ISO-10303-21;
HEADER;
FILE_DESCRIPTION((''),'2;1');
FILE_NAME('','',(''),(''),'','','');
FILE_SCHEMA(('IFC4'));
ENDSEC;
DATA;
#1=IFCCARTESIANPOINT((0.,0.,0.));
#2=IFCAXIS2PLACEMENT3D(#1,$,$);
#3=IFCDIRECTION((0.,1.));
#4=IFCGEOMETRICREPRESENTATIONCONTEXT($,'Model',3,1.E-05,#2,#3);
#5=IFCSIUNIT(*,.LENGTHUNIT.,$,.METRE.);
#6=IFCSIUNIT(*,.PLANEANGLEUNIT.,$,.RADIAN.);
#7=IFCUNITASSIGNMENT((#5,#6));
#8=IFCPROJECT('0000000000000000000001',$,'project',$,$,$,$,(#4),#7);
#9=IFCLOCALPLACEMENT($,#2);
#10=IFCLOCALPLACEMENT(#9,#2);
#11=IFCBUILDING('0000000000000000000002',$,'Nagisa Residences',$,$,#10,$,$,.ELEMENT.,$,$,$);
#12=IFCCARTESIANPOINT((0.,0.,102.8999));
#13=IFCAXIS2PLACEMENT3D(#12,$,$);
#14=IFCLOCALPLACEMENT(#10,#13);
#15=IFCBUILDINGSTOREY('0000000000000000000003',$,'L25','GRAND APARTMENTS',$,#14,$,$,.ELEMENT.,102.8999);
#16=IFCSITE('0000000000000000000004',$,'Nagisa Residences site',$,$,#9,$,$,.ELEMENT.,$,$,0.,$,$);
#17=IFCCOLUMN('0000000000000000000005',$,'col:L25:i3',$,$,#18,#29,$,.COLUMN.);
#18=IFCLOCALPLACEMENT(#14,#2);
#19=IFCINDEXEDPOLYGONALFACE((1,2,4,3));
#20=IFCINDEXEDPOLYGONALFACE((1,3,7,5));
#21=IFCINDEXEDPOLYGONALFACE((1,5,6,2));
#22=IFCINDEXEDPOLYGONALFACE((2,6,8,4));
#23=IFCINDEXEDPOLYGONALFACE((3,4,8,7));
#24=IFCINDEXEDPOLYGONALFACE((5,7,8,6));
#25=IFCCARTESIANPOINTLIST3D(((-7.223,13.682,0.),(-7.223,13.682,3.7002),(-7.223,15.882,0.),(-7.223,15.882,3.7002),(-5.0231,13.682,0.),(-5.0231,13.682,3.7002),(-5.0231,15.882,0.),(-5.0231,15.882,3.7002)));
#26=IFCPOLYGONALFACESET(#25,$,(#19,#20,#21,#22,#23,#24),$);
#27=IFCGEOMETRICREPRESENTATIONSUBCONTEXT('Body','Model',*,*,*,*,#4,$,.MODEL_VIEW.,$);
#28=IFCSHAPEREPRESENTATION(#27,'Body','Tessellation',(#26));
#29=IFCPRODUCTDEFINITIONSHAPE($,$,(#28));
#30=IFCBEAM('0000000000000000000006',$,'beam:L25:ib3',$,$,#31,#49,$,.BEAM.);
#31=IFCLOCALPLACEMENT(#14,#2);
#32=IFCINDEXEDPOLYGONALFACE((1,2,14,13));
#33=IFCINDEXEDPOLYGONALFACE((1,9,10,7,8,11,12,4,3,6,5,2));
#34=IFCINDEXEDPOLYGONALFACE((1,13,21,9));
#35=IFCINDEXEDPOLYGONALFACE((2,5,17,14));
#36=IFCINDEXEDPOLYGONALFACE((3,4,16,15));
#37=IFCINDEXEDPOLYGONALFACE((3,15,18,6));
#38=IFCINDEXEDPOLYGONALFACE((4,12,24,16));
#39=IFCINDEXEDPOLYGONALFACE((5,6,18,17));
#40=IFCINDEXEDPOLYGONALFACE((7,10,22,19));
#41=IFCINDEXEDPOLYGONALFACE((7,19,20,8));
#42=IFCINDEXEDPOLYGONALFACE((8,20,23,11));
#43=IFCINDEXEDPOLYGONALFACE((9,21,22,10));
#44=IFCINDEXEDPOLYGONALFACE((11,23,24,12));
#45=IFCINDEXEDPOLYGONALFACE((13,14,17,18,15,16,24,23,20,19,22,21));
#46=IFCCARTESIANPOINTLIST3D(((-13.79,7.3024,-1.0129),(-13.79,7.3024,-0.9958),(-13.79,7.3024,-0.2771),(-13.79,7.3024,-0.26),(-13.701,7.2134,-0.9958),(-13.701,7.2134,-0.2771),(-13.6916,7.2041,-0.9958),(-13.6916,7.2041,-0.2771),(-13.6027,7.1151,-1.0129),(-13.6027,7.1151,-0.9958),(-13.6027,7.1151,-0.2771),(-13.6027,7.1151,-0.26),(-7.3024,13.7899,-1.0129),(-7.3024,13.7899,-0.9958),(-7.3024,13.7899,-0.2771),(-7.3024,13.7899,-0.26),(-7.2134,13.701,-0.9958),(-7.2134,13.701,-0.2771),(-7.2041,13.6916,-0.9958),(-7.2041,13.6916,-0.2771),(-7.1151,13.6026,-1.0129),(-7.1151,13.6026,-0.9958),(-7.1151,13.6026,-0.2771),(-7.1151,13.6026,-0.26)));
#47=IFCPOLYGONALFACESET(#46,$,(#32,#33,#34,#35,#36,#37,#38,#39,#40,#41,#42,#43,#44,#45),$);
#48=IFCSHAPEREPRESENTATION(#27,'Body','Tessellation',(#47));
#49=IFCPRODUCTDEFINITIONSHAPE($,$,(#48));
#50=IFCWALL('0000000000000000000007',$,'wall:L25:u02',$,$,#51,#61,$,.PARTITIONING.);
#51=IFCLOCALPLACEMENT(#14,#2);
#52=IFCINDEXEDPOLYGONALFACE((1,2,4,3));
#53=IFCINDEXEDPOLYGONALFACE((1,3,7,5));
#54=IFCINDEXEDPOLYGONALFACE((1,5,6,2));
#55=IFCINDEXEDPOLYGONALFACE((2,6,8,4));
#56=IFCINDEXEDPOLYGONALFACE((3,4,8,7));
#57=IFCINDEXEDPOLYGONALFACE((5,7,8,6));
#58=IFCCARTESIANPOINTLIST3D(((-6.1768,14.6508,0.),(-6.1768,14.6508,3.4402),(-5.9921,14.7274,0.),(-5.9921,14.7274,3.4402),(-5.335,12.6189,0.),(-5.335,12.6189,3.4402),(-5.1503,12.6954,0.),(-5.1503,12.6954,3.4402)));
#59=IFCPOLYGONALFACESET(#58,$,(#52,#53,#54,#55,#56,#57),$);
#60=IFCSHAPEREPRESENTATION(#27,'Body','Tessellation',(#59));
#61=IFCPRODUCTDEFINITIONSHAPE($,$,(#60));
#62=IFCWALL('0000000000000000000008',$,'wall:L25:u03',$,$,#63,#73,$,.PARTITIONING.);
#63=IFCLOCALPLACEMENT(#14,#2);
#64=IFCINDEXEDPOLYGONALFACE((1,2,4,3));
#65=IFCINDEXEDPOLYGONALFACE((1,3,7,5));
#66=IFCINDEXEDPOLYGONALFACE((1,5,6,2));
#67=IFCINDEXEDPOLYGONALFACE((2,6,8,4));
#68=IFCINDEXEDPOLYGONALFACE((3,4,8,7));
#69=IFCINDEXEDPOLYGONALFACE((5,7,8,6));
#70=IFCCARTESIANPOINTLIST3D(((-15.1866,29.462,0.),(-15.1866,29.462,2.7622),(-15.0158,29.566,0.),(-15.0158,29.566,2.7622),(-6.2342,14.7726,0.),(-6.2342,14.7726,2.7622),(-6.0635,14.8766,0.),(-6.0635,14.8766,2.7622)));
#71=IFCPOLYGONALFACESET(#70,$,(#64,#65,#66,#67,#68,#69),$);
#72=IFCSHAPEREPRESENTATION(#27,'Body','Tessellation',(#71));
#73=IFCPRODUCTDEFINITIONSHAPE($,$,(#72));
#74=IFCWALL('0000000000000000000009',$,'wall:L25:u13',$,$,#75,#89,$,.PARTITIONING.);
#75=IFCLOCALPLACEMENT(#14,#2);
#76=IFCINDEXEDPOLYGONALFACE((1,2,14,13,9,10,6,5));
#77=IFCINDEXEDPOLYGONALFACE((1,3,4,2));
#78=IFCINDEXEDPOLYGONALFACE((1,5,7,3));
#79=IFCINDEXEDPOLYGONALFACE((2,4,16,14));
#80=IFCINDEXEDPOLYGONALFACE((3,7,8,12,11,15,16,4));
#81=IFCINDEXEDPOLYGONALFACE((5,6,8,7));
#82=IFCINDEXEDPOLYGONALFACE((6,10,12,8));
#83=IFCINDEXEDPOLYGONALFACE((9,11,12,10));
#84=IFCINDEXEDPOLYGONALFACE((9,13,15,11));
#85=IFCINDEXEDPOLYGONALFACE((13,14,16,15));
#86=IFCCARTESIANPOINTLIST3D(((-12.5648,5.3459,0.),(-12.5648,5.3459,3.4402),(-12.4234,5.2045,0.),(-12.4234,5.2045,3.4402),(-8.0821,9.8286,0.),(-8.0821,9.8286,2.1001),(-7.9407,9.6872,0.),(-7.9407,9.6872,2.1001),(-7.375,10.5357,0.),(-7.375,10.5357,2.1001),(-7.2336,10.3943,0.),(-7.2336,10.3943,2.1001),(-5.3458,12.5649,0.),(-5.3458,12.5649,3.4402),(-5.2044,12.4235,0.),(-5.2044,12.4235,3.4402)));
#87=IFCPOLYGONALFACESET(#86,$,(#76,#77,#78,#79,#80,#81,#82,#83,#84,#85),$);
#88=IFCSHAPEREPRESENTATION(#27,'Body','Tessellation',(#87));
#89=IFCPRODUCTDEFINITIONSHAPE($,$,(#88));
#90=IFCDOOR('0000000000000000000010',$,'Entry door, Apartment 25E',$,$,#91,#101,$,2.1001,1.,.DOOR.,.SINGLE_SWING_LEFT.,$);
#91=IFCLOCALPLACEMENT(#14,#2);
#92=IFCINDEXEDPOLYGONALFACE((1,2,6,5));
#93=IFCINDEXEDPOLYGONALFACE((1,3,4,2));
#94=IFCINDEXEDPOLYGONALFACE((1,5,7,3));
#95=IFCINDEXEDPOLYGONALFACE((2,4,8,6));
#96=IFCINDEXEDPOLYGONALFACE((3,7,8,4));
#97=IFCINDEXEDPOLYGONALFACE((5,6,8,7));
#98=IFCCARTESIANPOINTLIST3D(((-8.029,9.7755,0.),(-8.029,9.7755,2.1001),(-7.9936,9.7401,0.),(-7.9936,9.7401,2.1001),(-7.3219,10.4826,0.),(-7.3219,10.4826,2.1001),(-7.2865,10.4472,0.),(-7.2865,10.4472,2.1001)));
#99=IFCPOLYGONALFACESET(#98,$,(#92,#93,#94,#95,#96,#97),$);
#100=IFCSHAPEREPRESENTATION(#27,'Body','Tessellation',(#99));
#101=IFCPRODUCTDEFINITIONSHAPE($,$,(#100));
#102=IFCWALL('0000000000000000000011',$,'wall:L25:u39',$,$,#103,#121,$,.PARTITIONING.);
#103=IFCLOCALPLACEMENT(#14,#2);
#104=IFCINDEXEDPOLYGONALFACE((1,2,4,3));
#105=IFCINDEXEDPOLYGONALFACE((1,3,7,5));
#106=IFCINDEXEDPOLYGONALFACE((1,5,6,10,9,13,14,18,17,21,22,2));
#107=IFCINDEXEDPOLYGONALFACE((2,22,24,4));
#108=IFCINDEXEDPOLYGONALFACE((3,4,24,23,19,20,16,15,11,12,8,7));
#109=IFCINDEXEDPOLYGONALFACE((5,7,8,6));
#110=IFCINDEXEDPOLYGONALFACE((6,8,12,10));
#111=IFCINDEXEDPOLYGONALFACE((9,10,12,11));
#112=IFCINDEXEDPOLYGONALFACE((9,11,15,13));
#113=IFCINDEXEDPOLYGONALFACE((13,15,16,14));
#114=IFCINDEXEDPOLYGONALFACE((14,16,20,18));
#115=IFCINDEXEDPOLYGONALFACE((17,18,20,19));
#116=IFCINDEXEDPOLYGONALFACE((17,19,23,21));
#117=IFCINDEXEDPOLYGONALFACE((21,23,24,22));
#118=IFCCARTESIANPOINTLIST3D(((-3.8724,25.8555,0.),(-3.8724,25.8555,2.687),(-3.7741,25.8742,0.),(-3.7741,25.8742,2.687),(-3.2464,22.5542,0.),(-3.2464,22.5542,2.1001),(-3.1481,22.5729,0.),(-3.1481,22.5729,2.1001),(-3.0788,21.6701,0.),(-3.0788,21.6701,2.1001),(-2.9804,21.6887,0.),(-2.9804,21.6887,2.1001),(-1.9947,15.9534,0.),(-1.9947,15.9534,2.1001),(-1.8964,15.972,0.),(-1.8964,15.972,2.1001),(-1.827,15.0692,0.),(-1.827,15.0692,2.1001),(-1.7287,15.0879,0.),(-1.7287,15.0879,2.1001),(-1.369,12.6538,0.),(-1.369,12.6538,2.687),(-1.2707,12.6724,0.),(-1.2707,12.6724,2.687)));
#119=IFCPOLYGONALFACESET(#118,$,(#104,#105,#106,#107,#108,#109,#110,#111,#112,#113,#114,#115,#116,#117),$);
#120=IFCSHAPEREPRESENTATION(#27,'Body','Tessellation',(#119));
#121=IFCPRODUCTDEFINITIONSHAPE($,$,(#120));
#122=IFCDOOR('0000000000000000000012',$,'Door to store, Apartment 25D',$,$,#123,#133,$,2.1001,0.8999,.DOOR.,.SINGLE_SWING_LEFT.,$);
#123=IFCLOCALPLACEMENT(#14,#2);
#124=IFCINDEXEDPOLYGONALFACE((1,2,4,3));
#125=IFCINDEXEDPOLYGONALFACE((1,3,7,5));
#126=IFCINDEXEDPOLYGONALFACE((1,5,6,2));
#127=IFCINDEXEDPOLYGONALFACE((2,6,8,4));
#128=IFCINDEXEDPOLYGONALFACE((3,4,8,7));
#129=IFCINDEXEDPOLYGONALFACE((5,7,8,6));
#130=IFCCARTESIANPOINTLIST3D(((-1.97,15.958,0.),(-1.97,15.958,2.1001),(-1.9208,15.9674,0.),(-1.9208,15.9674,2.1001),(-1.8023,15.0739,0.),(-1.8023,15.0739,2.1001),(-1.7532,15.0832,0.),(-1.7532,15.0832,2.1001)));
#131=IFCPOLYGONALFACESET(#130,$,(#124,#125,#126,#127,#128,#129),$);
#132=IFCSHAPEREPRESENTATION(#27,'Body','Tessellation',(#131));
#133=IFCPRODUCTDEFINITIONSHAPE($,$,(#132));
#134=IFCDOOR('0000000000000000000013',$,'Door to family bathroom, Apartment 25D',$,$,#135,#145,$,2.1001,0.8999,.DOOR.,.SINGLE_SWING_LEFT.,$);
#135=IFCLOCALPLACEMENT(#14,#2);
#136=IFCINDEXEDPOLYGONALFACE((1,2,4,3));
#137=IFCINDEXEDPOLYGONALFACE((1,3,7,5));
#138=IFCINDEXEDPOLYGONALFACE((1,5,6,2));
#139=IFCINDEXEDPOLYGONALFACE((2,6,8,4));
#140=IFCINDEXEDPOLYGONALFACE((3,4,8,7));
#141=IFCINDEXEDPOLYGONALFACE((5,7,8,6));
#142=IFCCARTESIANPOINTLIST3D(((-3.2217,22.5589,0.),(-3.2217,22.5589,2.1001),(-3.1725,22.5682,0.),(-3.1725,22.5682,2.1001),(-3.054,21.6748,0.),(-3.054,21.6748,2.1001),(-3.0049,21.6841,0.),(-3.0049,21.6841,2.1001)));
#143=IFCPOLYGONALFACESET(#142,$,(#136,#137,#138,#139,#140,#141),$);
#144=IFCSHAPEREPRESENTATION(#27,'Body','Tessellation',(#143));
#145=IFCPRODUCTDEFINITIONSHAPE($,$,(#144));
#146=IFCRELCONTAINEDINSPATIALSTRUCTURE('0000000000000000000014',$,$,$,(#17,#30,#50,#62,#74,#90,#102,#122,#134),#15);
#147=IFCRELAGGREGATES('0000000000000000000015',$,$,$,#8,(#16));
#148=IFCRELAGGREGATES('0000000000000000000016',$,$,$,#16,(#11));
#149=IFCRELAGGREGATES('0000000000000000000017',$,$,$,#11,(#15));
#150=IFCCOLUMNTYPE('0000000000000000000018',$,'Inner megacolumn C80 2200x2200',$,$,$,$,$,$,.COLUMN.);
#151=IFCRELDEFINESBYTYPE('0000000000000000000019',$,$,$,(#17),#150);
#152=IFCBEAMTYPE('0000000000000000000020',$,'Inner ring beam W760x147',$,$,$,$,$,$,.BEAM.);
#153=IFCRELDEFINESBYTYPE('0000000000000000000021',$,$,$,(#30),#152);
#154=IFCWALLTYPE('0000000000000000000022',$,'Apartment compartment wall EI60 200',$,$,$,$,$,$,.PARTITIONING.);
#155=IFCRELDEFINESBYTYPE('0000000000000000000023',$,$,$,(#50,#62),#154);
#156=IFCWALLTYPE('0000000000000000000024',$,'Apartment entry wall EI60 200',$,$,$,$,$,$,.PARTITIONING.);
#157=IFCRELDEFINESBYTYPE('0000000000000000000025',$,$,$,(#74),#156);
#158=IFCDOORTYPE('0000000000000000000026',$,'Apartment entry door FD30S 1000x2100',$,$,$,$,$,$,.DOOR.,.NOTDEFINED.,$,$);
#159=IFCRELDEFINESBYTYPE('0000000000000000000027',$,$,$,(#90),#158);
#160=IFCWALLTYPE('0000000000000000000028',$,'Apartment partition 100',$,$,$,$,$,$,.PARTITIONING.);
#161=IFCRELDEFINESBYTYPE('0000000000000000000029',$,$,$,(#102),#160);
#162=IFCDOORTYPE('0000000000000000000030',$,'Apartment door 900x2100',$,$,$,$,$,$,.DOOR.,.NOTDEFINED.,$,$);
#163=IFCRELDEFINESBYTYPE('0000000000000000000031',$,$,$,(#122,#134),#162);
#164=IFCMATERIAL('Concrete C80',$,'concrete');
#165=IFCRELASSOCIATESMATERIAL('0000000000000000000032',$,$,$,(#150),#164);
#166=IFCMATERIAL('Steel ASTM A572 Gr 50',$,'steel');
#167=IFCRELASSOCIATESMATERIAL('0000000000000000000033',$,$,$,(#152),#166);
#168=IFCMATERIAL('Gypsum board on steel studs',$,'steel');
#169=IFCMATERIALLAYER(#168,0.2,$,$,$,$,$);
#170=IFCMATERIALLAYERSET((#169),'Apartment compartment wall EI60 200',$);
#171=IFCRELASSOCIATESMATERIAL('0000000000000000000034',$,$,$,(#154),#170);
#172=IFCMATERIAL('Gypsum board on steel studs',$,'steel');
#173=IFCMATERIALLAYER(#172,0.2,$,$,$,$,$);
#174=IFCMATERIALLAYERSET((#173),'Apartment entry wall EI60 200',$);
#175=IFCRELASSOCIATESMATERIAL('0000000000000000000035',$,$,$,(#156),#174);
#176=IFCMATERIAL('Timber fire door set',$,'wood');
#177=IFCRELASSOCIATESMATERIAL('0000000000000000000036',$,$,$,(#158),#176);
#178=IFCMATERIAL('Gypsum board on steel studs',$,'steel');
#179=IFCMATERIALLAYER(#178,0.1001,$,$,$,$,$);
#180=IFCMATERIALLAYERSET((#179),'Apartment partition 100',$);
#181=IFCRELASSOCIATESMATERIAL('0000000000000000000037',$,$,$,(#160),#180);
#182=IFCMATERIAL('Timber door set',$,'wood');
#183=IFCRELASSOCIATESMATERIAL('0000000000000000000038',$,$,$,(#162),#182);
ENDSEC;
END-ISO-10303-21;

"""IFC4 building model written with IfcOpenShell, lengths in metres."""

from ifc_helpers import new_model, si_unit, direction, frame, frame_2d, origin, origin_2d, place, context, subcontext, project, spatial, rectangle, i_section, extrude, material, layer, layer_set, material_profile, profile_set, type_object, element, fill, save


model = new_model("IFC4")

# Units and contexts
model_context = context("Model", 3, precision=1e-05, world=origin(), true_north=direction((0.0, 1.0)))
body_context = subcontext(model_context, "Body", "Model", "MODEL_VIEW")
ifc_project = project(units=[si_unit("LENGTHUNIT", "METRE"), si_unit("PLANEANGLEUNIT", "RADIAN")], contexts=[model_context])

# Site, building, storey
site_placement = place(None, origin())
site = spatial("IfcSite", under=ifc_project, at=site_placement, Name="Nagisa Residences site", CompositionType="ELEMENT", RefElevation=0.0)
building_placement = place(site_placement, origin())
building = spatial("IfcBuilding", under=site, at=building_placement, Name="Nagisa Residences", CompositionType="ELEMENT")
storey_placement = place(building_placement, frame((0.0, 0.0, 102.8999)))
storey = spatial("IfcBuildingStorey", under=building, at=storey_placement, Name="L25", Description="GRAND APARTMENTS", CompositionType="ELEMENT", Elevation=102.8999)

# Column
ifc_material_1 = material(Name="Concrete C80", Category="concrete")
ifc_material_profile_1 = material_profile(ifc_material_1, rectangle(XDim=2.2, YDim=2.2, at=origin_2d()), Name="C80 2200x2200")
ifc_profile_set_1 = profile_set([ifc_material_profile_1], Name="Concrete C80")
column_type = type_object("IfcColumnType", Name="Inner megacolumn C80 2200x2200", PredefinedType="COLUMN", material=ifc_profile_set_1)
column_placement = place(storey_placement, frame((-6.123, 14.782, 0.0), z_axis=(0.0, 0.0, 1.0), x_axis=(1.0, 0.0, 0.0)))
element("IfcColumn", 1, at=column_placement, inside=storey, type_object=column_type, Name="col:L25:i3", PredefinedType="COLUMN", context=body_context, shape_type="SweptSolid", body=[
    extrude(rectangle(XDim=2.2, YDim=2.2, at=origin_2d()), origin(), (0.0, 0.0, 1.0), 3.7002),
])

# Beam
ifc_material_2 = material(Name="Steel ASTM A572 Gr 50", Category="steel")
ifc_material_profile_2 = material_profile(ifc_material_2, i_section(OverallWidth=0.2649, OverallDepth=0.7529, WebThickness=0.0132, FlangeThickness=0.0171, at=origin_2d()), Name="W760x147")
ifc_profile_set_2 = profile_set([ifc_material_profile_2], Name="Steel ASTM A572 Gr 50")
beam_type = type_object("IfcBeamType", Name="Inner ring beam W760x147", PredefinedType="BEAM", material=ifc_profile_set_2)
beam_placement = place(storey_placement, frame((-7.2087, 13.6963, -0.6365), z_axis=(-0.707107, -0.707107, 0.0), x_axis=(0.707107, -0.707107, 0.0)))
element("IfcBeam", 2, at=beam_placement, inside=storey, type_object=beam_type, Name="beam:L25:ib3", PredefinedType="BEAM", context=body_context, shape_type="SweptSolid", body=[
    extrude(i_section(OverallWidth=0.2649, OverallDepth=0.7529, WebThickness=0.0132, FlangeThickness=0.0171, at=origin_2d()), origin(), (0.0, 0.0, 1.0), 9.1748),
])

# Walls
ifc_material_3 = material(Name="Gypsum board on steel studs", Category="steel")
ifc_layer_1 = layer(ifc_material_3, 0.2)
ifc_layer_set_1 = layer_set([ifc_layer_1], Name="Apartment compartment wall EI60 200")
wall_type_1 = type_object("IfcWallType", Name="Apartment compartment wall EI60 200", PredefinedType="PARTITIONING", material=ifc_layer_set_1)
wall_1_placement = place(storey_placement, frame((-5.2427, 12.6572, 0.0), z_axis=(0.0, 0.0, 1.0), x_axis=(-0.382731, 0.92386, 0.0)))
element("IfcWall", 3, at=wall_1_placement, inside=storey, type_object=wall_type_1, Name="wall:L25:u02", PredefinedType="PARTITIONING", context=body_context, shape_type="SweptSolid", body=[
    extrude(rectangle(XDim=2.1995, YDim=0.2, at=frame_2d((1.0996, 0.0))), origin(), (0.0, 0.0, 1.0), 3.4402),
])
wall_2_placement = place(storey_placement, frame((-6.1489, 14.8247, 0.0), z_axis=(0.0, 0.0, 1.0), x_axis=(-0.520413, 0.853915, 0.0)))
element("IfcWall", 4, at=wall_2_placement, inside=storey, type_object=wall_type_1, Name="wall:L25:u03", PredefinedType="PARTITIONING", context=body_context, shape_type="SweptSolid", body=[
    extrude(rectangle(XDim=17.2024, YDim=0.2, at=frame_2d((8.6011, 0.0))), origin(), (0.0, 0.0, 1.0), 2.7622),
])

# Wall, opening, door
ifc_material_4 = material(Name="Gypsum board on steel studs", Category="steel")
ifc_layer_2 = layer(ifc_material_4, 0.2)
ifc_layer_set_2 = layer_set([ifc_layer_2], Name="Apartment entry wall EI60 200")
wall_type_2 = type_object("IfcWallType", Name="Apartment entry wall EI60 200", PredefinedType="PARTITIONING", material=ifc_layer_set_2)
wall_3_placement = place(storey_placement, frame((-5.2751, 12.4941, 0.0), z_axis=(0.0, 0.0, 1.0), x_axis=(-0.707107, -0.707107, 0.0)))
wall_3 = element("IfcWall", 5, at=wall_3_placement, inside=storey, type_object=wall_type_2, Name="wall:L25:u13", PredefinedType="PARTITIONING", context=body_context, shape_type="SweptSolid", body=[
    extrude(rectangle(XDim=10.2092, YDim=0.2, at=frame_2d((5.1045, 0.0))), origin(), (0.0, 0.0, 1.0), 3.4402),
])
opening_1_placement = place(wall_3_placement, frame((2.8696, 0.0, 0.0)))
opening_1 = element("IfcOpeningElement", 6, at=opening_1_placement, cuts=wall_3, PredefinedType="OPENING", context=body_context, shape_type="SweptSolid", body=[
    extrude(rectangle(XDim=1.0, YDim=2.1001, at=frame_2d((0.5, 1.05))), frame((0.0, 0.1099, 0.0), z_axis=(0.0, -1.0, 0.0), x_axis=(1.0, 0.0, 0.0)), (0.0, 0.0, 1.0), 0.22),
])
ifc_material_5 = material(Name="Timber fire door set", Category="wood")
door_type_1 = type_object("IfcDoorType", Name="Apartment entry door FD30S 1000x2100", OperationType="NOTDEFINED", PredefinedType="DOOR", material=ifc_material_5)
door_1_placement = place(opening_1_placement, frame((1.0, 0.0, 0.0), x_axis=(-1.0, 0.0, 0.0)))
door_1 = element("IfcDoor", 7, at=door_1_placement, inside=storey, type_object=door_type_1, Name="Entry door, Apartment 25E", OperationType="SINGLE_SWING_LEFT", OverallHeight=2.1001, OverallWidth=1.0, PredefinedType="DOOR", context=body_context, shape_type="SweptSolid", body=[
    extrude(rectangle(XDim=1.0, YDim=2.1001, at=frame_2d((0.5, 1.05))), frame((0.0, 0.0249, 0.0), z_axis=(0.0, -1.0, 0.0), x_axis=(1.0, 0.0, 0.0)), (0.0, 0.0, 1.0), 0.05),
])
fill(opening_1, door_1)

# Wall, openings, doors
ifc_material_6 = material(Name="Gypsum board on steel studs", Category="steel")
ifc_layer_3 = layer(ifc_material_6, 0.1001)
ifc_layer_set_3 = layer_set([ifc_layer_3], Name="Apartment partition 100")
wall_type_3 = type_object("IfcWallType", Name="Apartment partition 100", PredefinedType="PARTITIONING", material=ifc_layer_set_3)
wall_4_placement = place(storey_placement, frame((-1.3198, 12.6631, 0.0), z_axis=(0.0, 0.0, 1.0), x_axis=(-0.186309, 0.982491, 0.0)))
wall_4 = element("IfcWall", 8, at=wall_4_placement, inside=storey, type_object=wall_type_3, Name="wall:L25:u39", PredefinedType="PARTITIONING", context=body_context, shape_type="SweptSolid", body=[
    extrude(rectangle(XDim=13.437, YDim=0.1001, at=frame_2d((6.7185, 0.0))), origin(), (0.0, 0.0, 1.0), 2.687),
])
opening_2_placement = place(wall_4_placement, frame((2.4585, 0.0, 0.0)))
opening_2 = element("IfcOpeningElement", 9, at=opening_2_placement, cuts=wall_4, PredefinedType="OPENING", context=body_context, shape_type="SweptSolid", body=[
    extrude(rectangle(XDim=0.8999, YDim=2.1001, at=frame_2d((0.45, 1.05))), frame((0.0, 0.0601, 0.0), z_axis=(0.0, -1.0, 0.0), x_axis=(1.0, 0.0, 0.0)), (0.0, 0.0, 1.0), 0.1201),
])
opening_3_placement = place(wall_4_placement, frame((9.177, 0.0, 0.0)))
opening_3 = element("IfcOpeningElement", 10, at=opening_3_placement, cuts=wall_4, PredefinedType="OPENING", context=body_context, shape_type="SweptSolid", body=[
    extrude(rectangle(XDim=0.8999, YDim=2.1001, at=frame_2d((0.45, 1.05))), frame((0.0, 0.0601, 0.0), z_axis=(0.0, -1.0, 0.0), x_axis=(1.0, 0.0, 0.0)), (0.0, 0.0, 1.0), 0.1201),
])
ifc_material_7 = material(Name="Timber door set", Category="wood")
door_type_2 = type_object("IfcDoorType", Name="Apartment door 900x2100", OperationType="NOTDEFINED", PredefinedType="DOOR", material=ifc_material_7)
door_2_placement = place(opening_2_placement, origin())
door_2 = element("IfcDoor", 11, at=door_2_placement, inside=storey, type_object=door_type_2, Name="Door to store, Apartment 25D", OperationType="SINGLE_SWING_LEFT", OverallHeight=2.1001, OverallWidth=0.8999, PredefinedType="DOOR", context=body_context, shape_type="SweptSolid", body=[
    extrude(rectangle(XDim=0.8999, YDim=2.1001, at=frame_2d((0.45, 1.05))), frame((0.0, 0.0249, 0.0), z_axis=(0.0, -1.0, 0.0), x_axis=(1.0, 0.0, 0.0)), (0.0, 0.0, 1.0), 0.05),
])
fill(opening_2, door_2)
door_3_placement = place(opening_3_placement, origin())
door_3 = element("IfcDoor", 12, at=door_3_placement, inside=storey, type_object=door_type_2, Name="Door to family bathroom, Apartment 25D", OperationType="SINGLE_SWING_LEFT", OverallHeight=2.1001, OverallWidth=0.8999, PredefinedType="DOOR", context=body_context, shape_type="SweptSolid", body=[
    extrude(rectangle(XDim=0.8999, YDim=2.1001, at=frame_2d((0.45, 1.05))), frame((0.0, 0.0249, 0.0), z_axis=(0.0, -1.0, 0.0), x_axis=(1.0, 0.0, 0.0)), (0.0, 0.0, 1.0), 0.05),
])
fill(opening_3, door_3)

save(model, "model.ifc")
